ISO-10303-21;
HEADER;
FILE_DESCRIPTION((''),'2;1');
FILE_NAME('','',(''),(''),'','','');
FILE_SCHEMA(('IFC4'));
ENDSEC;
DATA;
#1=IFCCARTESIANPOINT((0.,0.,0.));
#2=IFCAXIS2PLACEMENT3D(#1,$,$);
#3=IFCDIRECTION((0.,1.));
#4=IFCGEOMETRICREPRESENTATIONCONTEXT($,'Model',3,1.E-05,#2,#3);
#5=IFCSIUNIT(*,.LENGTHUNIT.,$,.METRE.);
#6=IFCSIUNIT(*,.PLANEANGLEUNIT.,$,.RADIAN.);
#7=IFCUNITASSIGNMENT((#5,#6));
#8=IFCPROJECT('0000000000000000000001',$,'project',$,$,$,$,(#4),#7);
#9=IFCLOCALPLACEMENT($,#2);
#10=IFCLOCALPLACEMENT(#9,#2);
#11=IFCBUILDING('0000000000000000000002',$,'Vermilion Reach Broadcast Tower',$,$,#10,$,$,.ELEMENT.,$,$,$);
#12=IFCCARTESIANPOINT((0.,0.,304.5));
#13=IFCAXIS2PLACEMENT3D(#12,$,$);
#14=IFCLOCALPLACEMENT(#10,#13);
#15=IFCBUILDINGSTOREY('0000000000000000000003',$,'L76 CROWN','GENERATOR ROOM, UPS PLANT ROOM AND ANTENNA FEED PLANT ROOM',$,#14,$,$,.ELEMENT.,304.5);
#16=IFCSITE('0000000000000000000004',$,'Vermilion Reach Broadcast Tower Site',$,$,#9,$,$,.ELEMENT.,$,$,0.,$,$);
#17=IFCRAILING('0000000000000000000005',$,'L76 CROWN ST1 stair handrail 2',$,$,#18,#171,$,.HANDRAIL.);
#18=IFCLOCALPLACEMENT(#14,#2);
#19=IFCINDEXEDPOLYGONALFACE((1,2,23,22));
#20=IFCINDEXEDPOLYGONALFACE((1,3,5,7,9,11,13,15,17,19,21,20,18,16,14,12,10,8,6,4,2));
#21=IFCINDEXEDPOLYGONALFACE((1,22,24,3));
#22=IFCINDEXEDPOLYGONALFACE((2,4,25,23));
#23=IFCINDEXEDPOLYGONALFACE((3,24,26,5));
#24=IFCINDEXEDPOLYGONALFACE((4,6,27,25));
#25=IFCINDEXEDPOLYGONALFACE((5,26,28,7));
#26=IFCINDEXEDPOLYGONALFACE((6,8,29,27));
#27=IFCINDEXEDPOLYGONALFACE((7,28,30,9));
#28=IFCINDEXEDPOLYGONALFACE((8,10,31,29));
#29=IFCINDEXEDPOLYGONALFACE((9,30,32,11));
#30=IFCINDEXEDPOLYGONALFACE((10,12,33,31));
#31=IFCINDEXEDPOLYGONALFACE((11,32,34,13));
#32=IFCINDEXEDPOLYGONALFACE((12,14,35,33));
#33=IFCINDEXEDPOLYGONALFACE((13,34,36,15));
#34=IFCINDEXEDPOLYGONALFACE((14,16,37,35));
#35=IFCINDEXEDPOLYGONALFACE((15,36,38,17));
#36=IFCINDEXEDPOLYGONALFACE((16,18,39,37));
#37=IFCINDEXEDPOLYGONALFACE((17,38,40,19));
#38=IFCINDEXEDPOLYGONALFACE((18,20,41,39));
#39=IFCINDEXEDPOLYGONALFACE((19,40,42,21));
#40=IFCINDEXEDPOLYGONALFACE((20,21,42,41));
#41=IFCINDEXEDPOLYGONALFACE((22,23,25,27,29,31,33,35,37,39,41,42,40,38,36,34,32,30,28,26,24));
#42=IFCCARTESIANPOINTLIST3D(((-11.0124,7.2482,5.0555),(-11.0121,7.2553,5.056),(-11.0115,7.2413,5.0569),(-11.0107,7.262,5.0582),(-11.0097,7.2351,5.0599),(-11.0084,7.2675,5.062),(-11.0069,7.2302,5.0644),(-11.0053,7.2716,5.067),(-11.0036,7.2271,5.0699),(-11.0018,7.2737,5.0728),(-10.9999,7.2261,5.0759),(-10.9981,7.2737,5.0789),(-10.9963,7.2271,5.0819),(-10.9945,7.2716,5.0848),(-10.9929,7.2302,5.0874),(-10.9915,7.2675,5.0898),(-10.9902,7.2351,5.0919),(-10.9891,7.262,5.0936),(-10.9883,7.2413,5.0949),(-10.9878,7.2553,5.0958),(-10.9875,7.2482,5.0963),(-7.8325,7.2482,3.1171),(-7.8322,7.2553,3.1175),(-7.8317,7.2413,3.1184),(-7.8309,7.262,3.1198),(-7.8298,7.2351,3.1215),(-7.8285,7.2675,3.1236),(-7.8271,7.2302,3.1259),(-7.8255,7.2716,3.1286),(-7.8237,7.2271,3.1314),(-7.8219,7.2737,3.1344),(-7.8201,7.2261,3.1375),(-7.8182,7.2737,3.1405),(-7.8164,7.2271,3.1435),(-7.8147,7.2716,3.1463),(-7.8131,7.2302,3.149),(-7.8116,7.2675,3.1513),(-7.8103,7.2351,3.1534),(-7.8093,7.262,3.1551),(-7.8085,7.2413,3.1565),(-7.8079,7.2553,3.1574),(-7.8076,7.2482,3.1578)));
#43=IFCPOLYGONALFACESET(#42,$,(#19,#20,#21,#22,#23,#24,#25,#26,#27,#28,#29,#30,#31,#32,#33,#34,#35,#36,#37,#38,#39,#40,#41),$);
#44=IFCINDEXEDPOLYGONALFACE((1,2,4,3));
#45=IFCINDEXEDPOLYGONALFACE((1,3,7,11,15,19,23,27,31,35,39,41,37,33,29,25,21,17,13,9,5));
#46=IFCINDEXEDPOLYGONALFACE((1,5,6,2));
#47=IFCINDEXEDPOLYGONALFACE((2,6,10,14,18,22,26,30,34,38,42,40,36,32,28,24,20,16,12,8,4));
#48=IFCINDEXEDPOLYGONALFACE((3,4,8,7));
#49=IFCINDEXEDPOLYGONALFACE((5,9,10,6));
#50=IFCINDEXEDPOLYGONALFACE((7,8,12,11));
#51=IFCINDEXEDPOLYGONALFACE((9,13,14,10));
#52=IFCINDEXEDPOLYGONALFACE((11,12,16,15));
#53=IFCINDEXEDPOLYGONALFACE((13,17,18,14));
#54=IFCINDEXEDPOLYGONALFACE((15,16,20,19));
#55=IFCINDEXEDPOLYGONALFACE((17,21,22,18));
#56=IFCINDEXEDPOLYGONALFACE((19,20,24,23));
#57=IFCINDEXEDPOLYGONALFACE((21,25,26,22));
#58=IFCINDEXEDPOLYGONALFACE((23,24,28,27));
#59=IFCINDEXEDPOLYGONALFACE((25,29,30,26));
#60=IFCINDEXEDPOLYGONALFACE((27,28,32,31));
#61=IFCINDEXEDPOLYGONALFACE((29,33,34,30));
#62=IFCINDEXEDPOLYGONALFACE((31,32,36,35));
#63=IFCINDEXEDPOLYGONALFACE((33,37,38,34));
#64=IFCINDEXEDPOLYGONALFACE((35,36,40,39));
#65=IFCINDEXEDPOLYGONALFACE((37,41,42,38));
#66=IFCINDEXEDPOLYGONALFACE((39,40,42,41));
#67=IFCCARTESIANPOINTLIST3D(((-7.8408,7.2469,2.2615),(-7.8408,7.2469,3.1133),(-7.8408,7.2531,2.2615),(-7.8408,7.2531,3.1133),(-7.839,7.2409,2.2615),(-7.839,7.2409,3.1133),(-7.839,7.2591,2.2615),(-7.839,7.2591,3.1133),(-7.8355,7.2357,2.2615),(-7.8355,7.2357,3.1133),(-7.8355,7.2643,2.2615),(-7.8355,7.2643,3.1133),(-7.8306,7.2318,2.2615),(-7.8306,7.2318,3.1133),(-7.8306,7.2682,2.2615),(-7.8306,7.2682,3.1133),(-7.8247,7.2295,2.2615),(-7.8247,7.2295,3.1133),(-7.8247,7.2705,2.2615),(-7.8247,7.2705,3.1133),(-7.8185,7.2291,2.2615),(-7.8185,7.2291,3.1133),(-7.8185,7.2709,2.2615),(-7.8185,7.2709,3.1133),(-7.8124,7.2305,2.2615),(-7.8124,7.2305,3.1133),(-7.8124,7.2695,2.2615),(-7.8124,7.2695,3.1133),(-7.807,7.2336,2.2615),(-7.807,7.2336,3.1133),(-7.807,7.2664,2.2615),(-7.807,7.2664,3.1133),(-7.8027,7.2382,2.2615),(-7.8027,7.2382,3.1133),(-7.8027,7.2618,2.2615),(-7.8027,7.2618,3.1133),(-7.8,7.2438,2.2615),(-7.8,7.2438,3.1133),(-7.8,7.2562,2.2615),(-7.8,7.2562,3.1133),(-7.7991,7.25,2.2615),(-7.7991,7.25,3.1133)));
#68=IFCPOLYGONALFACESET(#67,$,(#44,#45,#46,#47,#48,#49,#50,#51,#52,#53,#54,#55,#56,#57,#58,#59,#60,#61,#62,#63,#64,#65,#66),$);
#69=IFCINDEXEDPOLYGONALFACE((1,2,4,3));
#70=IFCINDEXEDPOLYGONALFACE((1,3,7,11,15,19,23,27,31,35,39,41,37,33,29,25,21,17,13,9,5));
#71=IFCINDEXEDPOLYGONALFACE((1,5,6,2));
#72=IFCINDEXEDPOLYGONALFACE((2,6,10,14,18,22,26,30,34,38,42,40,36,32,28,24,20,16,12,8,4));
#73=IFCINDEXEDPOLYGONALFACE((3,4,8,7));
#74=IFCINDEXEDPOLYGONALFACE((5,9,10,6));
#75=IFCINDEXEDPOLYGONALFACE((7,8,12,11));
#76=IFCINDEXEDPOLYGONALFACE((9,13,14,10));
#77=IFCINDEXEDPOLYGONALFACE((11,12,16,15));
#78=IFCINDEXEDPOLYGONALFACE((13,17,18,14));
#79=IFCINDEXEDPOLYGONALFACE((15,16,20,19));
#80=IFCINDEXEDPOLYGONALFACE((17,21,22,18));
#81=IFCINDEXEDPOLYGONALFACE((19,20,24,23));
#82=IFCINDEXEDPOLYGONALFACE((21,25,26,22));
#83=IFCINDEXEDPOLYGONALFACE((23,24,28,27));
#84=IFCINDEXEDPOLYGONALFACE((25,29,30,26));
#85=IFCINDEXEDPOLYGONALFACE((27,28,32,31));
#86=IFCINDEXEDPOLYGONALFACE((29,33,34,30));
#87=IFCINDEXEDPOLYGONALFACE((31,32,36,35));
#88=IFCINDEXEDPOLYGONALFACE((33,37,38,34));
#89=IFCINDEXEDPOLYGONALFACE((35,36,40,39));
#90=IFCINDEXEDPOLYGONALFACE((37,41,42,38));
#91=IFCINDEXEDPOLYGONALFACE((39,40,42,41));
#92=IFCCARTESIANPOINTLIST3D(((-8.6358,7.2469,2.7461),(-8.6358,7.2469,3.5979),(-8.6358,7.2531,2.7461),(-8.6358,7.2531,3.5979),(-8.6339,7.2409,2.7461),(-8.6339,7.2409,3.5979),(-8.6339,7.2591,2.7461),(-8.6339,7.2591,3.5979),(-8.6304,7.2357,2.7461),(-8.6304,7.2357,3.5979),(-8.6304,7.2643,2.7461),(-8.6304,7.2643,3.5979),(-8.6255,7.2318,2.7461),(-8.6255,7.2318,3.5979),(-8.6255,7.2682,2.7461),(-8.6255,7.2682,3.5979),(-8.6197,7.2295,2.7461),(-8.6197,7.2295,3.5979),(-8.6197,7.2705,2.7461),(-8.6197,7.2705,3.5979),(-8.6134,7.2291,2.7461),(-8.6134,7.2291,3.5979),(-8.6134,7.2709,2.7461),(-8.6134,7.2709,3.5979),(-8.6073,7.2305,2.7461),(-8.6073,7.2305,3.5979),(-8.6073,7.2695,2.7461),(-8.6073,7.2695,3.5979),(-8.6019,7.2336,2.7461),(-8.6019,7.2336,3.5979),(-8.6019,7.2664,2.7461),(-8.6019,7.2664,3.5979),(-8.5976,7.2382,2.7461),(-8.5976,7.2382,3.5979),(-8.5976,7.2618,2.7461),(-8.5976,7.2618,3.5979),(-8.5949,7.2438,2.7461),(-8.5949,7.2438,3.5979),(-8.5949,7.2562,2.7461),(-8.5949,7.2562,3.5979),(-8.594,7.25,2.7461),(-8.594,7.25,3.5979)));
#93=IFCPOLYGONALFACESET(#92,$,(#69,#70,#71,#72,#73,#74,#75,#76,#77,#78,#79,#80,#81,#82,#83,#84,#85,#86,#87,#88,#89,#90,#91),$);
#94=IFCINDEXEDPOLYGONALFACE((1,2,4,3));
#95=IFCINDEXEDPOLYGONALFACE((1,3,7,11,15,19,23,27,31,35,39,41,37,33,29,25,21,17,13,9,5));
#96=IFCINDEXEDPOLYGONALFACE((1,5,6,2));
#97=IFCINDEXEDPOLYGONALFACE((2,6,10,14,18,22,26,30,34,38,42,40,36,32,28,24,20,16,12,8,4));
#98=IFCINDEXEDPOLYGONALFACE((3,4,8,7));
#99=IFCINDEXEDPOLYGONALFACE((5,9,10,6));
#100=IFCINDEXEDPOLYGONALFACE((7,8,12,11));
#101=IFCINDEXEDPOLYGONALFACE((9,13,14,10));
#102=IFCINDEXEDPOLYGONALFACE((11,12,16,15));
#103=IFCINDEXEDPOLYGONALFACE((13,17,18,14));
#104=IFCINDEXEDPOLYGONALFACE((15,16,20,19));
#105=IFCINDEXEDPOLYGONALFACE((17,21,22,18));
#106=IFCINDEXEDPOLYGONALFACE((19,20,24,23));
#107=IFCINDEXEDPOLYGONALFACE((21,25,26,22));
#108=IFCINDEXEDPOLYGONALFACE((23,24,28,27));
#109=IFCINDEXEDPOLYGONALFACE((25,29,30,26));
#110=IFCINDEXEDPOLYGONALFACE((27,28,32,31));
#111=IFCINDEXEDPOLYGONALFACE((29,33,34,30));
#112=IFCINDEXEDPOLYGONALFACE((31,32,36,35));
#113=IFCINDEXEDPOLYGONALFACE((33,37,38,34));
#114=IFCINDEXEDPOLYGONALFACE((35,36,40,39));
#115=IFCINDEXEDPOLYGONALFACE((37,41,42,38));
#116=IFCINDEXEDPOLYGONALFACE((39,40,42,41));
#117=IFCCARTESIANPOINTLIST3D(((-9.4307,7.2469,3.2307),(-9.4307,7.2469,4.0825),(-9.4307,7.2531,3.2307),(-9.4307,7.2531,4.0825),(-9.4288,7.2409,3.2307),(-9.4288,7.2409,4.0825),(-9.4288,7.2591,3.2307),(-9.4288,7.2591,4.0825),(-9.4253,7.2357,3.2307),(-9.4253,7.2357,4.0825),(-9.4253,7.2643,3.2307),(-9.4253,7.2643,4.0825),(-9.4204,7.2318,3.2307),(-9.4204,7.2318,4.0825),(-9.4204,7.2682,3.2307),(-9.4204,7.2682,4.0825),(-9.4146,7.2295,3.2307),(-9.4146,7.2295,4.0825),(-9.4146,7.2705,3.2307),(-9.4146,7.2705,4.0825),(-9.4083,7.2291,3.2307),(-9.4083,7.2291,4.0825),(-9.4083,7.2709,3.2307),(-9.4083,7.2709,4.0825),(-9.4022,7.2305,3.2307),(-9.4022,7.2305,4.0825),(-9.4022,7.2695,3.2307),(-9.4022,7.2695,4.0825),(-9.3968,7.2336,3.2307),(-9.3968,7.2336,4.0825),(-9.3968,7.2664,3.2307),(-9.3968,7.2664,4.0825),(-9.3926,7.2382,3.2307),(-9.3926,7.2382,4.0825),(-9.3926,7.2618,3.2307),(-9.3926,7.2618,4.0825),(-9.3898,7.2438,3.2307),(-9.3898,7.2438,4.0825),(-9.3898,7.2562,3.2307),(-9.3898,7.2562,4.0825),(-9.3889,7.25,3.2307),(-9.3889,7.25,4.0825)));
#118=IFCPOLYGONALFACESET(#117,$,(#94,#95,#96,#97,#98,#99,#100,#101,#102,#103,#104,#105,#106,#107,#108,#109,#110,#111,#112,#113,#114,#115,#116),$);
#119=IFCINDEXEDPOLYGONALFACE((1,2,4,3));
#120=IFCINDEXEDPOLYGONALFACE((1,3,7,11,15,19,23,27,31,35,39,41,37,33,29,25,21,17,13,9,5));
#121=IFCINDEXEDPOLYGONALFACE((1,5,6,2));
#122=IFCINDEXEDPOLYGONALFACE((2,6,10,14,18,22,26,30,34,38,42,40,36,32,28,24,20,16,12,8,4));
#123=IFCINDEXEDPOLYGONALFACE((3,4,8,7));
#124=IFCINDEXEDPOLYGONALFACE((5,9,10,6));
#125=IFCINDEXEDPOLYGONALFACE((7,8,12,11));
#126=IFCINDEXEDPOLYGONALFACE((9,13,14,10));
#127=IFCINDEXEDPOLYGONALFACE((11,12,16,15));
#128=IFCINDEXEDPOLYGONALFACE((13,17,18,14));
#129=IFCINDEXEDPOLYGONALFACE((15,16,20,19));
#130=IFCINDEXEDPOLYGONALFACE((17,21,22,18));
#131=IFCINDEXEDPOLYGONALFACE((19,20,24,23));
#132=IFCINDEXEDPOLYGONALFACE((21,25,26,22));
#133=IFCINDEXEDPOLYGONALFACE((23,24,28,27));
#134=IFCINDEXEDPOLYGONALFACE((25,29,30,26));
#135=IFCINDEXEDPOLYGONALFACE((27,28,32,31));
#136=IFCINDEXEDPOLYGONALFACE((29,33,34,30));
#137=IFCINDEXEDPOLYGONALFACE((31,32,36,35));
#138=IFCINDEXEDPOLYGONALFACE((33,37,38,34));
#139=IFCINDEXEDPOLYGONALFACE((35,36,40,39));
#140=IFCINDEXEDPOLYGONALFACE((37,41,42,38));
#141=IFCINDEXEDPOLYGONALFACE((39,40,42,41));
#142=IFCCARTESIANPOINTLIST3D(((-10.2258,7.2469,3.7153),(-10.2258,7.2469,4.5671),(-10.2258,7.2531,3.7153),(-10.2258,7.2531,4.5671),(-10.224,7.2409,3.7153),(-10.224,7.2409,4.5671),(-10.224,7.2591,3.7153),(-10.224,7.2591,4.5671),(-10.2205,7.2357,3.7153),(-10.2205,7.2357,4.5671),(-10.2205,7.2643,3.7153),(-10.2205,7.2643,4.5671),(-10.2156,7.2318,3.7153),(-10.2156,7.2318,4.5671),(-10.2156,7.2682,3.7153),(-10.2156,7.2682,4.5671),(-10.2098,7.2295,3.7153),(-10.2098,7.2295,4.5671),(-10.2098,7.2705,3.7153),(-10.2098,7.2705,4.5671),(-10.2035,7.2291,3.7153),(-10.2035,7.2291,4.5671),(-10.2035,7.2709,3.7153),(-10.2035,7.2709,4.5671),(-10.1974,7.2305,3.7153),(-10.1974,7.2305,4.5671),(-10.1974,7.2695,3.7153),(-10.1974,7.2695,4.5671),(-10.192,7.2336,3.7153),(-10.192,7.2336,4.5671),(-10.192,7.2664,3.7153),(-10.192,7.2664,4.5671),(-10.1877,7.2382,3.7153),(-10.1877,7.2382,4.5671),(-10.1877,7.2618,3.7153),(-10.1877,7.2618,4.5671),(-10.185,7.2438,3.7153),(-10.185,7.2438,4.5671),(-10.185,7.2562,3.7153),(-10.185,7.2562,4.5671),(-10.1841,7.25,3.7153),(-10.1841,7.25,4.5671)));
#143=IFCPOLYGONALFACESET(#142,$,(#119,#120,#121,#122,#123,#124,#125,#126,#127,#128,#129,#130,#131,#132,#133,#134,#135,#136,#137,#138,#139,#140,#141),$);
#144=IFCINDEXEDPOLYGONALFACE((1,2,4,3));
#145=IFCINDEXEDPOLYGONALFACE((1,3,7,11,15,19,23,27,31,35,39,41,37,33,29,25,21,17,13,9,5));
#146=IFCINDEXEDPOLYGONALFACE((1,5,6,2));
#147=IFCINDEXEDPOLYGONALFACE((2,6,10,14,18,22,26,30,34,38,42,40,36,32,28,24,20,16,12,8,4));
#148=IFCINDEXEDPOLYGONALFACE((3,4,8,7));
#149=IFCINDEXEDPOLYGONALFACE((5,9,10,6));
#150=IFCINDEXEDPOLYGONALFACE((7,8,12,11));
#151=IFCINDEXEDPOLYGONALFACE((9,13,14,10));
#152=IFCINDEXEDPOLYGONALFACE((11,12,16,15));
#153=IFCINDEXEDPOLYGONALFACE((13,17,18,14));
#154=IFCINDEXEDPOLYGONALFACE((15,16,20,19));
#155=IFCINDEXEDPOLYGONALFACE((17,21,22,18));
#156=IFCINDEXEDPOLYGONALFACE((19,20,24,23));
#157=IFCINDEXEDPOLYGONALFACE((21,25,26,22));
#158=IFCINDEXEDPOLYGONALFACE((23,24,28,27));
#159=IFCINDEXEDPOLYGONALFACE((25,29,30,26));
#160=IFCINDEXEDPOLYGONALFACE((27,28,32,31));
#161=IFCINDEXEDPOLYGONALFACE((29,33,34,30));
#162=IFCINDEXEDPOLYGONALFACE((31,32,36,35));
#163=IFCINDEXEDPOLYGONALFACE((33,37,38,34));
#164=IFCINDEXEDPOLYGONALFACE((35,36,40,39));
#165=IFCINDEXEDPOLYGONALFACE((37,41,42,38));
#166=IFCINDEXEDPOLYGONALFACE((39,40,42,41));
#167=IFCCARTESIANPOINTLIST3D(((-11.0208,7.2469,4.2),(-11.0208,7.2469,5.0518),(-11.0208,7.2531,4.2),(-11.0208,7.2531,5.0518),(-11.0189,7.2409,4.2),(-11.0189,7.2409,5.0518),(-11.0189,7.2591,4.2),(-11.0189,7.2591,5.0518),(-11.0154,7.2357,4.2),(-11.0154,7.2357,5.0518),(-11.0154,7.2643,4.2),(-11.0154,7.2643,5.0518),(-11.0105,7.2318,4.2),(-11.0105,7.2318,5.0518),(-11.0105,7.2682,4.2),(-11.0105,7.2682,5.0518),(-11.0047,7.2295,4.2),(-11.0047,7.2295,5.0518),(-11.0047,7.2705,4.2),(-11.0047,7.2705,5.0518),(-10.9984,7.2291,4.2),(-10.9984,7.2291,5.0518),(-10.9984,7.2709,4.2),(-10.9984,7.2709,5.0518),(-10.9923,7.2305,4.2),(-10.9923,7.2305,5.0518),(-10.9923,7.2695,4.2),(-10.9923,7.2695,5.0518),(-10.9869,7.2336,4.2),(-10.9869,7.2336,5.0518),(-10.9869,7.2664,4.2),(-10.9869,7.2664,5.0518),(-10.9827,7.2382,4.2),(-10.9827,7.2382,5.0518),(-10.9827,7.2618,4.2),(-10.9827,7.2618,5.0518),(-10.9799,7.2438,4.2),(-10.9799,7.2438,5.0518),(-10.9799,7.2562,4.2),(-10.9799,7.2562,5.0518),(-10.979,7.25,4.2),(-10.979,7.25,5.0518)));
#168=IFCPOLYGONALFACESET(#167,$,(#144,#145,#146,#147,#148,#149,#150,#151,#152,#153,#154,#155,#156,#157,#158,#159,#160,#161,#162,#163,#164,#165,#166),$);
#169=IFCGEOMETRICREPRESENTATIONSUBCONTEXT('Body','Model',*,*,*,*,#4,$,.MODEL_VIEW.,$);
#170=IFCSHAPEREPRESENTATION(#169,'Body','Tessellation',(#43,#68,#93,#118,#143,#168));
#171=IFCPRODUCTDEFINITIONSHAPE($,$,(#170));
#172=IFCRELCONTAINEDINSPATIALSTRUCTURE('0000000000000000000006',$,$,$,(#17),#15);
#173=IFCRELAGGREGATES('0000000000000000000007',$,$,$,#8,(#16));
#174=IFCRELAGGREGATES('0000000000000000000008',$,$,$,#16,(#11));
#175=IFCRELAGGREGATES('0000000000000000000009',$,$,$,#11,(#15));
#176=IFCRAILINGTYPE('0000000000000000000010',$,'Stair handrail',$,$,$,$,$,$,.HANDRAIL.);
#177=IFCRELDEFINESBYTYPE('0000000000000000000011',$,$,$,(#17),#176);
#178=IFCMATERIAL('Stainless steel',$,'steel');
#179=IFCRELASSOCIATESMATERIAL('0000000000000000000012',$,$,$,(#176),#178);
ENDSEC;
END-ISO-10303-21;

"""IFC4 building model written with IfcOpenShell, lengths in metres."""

from ifc_helpers import new_model, si_unit, direction, frame, origin, origin_2d, place, context, subcontext, project, spatial, circle, extrude, material, type_object, element, save


model = new_model("IFC4")

# Units and contexts
model_context = context("Model", 3, precision=1e-05, world=origin(), true_north=direction((0.0, 1.0)))
body_context = subcontext(model_context, "Body", "Model", "MODEL_VIEW")
ifc_project = project(units=[si_unit("LENGTHUNIT", "METRE"), si_unit("PLANEANGLEUNIT", "RADIAN")], contexts=[model_context])

# Site, building, storey
site_placement = place(None, origin())
site = spatial("IfcSite", under=ifc_project, at=site_placement, Name="Vermilion Reach Broadcast Tower Site", CompositionType="ELEMENT", RefElevation=0.0)
building_placement = place(site_placement, origin())
building = spatial("IfcBuilding", under=site, at=building_placement, Name="Vermilion Reach Broadcast Tower", CompositionType="ELEMENT")
storey_placement = place(building_placement, frame((0.0, 0.0, 304.5)))
storey = spatial("IfcBuildingStorey", under=building, at=storey_placement, Name="L76 CROWN", Description="GENERATOR ROOM, UPS PLANT ROOM AND ANTENNA FEED PLANT ROOM", CompositionType="ELEMENT", Elevation=304.5)

# Railing
ifc_material_1 = material(Name="Stainless steel", Category="steel")
railing_type_1 = type_object("IfcRailingType", Name="Stair handrail", PredefinedType="HANDRAIL", material=ifc_material_1)
railing_1_placement = place(storey_placement, frame((-7.8201, 7.25, 2.2615)))
element("IfcRailing", 1, at=railing_1_placement, inside=storey, type_object=railing_type_1, Name="L76 CROWN ST1 stair handrail 2", PredefinedType="HANDRAIL", context=body_context, shape_type="SweptSolid", body=[
    extrude(circle(Radius=0.0239, at=origin_2d()), frame((0.0, 0.0, 0.876), z_axis=(-0.853857, 0.0, 0.520508), x_axis=(0.0, -1.0, 0.0)), (0.0, 0.0, 1.0), 3.7241),
    extrude(circle(Radius=0.021, at=origin_2d()), origin(), (0.0, 0.0, 1.0), 0.8518),
    extrude(circle(Radius=0.021, at=origin_2d()), frame((-0.7949, 0.0, 0.4846)), (0.0, 0.0, 1.0), 0.8518),
    extrude(circle(Radius=0.021, at=origin_2d()), frame((-1.5898, 0.0, 0.9692)), (0.0, 0.0, 1.0), 0.8518),
    extrude(circle(Radius=0.021, at=origin_2d()), frame((-2.385, 0.0, 1.4539)), (0.0, 0.0, 1.0), 0.8518),
    extrude(circle(Radius=0.021, at=origin_2d()), frame((-3.1799, 0.0, 1.9385)), (0.0, 0.0, 1.0), 0.8518),
])

save(model, "model.ifc")
